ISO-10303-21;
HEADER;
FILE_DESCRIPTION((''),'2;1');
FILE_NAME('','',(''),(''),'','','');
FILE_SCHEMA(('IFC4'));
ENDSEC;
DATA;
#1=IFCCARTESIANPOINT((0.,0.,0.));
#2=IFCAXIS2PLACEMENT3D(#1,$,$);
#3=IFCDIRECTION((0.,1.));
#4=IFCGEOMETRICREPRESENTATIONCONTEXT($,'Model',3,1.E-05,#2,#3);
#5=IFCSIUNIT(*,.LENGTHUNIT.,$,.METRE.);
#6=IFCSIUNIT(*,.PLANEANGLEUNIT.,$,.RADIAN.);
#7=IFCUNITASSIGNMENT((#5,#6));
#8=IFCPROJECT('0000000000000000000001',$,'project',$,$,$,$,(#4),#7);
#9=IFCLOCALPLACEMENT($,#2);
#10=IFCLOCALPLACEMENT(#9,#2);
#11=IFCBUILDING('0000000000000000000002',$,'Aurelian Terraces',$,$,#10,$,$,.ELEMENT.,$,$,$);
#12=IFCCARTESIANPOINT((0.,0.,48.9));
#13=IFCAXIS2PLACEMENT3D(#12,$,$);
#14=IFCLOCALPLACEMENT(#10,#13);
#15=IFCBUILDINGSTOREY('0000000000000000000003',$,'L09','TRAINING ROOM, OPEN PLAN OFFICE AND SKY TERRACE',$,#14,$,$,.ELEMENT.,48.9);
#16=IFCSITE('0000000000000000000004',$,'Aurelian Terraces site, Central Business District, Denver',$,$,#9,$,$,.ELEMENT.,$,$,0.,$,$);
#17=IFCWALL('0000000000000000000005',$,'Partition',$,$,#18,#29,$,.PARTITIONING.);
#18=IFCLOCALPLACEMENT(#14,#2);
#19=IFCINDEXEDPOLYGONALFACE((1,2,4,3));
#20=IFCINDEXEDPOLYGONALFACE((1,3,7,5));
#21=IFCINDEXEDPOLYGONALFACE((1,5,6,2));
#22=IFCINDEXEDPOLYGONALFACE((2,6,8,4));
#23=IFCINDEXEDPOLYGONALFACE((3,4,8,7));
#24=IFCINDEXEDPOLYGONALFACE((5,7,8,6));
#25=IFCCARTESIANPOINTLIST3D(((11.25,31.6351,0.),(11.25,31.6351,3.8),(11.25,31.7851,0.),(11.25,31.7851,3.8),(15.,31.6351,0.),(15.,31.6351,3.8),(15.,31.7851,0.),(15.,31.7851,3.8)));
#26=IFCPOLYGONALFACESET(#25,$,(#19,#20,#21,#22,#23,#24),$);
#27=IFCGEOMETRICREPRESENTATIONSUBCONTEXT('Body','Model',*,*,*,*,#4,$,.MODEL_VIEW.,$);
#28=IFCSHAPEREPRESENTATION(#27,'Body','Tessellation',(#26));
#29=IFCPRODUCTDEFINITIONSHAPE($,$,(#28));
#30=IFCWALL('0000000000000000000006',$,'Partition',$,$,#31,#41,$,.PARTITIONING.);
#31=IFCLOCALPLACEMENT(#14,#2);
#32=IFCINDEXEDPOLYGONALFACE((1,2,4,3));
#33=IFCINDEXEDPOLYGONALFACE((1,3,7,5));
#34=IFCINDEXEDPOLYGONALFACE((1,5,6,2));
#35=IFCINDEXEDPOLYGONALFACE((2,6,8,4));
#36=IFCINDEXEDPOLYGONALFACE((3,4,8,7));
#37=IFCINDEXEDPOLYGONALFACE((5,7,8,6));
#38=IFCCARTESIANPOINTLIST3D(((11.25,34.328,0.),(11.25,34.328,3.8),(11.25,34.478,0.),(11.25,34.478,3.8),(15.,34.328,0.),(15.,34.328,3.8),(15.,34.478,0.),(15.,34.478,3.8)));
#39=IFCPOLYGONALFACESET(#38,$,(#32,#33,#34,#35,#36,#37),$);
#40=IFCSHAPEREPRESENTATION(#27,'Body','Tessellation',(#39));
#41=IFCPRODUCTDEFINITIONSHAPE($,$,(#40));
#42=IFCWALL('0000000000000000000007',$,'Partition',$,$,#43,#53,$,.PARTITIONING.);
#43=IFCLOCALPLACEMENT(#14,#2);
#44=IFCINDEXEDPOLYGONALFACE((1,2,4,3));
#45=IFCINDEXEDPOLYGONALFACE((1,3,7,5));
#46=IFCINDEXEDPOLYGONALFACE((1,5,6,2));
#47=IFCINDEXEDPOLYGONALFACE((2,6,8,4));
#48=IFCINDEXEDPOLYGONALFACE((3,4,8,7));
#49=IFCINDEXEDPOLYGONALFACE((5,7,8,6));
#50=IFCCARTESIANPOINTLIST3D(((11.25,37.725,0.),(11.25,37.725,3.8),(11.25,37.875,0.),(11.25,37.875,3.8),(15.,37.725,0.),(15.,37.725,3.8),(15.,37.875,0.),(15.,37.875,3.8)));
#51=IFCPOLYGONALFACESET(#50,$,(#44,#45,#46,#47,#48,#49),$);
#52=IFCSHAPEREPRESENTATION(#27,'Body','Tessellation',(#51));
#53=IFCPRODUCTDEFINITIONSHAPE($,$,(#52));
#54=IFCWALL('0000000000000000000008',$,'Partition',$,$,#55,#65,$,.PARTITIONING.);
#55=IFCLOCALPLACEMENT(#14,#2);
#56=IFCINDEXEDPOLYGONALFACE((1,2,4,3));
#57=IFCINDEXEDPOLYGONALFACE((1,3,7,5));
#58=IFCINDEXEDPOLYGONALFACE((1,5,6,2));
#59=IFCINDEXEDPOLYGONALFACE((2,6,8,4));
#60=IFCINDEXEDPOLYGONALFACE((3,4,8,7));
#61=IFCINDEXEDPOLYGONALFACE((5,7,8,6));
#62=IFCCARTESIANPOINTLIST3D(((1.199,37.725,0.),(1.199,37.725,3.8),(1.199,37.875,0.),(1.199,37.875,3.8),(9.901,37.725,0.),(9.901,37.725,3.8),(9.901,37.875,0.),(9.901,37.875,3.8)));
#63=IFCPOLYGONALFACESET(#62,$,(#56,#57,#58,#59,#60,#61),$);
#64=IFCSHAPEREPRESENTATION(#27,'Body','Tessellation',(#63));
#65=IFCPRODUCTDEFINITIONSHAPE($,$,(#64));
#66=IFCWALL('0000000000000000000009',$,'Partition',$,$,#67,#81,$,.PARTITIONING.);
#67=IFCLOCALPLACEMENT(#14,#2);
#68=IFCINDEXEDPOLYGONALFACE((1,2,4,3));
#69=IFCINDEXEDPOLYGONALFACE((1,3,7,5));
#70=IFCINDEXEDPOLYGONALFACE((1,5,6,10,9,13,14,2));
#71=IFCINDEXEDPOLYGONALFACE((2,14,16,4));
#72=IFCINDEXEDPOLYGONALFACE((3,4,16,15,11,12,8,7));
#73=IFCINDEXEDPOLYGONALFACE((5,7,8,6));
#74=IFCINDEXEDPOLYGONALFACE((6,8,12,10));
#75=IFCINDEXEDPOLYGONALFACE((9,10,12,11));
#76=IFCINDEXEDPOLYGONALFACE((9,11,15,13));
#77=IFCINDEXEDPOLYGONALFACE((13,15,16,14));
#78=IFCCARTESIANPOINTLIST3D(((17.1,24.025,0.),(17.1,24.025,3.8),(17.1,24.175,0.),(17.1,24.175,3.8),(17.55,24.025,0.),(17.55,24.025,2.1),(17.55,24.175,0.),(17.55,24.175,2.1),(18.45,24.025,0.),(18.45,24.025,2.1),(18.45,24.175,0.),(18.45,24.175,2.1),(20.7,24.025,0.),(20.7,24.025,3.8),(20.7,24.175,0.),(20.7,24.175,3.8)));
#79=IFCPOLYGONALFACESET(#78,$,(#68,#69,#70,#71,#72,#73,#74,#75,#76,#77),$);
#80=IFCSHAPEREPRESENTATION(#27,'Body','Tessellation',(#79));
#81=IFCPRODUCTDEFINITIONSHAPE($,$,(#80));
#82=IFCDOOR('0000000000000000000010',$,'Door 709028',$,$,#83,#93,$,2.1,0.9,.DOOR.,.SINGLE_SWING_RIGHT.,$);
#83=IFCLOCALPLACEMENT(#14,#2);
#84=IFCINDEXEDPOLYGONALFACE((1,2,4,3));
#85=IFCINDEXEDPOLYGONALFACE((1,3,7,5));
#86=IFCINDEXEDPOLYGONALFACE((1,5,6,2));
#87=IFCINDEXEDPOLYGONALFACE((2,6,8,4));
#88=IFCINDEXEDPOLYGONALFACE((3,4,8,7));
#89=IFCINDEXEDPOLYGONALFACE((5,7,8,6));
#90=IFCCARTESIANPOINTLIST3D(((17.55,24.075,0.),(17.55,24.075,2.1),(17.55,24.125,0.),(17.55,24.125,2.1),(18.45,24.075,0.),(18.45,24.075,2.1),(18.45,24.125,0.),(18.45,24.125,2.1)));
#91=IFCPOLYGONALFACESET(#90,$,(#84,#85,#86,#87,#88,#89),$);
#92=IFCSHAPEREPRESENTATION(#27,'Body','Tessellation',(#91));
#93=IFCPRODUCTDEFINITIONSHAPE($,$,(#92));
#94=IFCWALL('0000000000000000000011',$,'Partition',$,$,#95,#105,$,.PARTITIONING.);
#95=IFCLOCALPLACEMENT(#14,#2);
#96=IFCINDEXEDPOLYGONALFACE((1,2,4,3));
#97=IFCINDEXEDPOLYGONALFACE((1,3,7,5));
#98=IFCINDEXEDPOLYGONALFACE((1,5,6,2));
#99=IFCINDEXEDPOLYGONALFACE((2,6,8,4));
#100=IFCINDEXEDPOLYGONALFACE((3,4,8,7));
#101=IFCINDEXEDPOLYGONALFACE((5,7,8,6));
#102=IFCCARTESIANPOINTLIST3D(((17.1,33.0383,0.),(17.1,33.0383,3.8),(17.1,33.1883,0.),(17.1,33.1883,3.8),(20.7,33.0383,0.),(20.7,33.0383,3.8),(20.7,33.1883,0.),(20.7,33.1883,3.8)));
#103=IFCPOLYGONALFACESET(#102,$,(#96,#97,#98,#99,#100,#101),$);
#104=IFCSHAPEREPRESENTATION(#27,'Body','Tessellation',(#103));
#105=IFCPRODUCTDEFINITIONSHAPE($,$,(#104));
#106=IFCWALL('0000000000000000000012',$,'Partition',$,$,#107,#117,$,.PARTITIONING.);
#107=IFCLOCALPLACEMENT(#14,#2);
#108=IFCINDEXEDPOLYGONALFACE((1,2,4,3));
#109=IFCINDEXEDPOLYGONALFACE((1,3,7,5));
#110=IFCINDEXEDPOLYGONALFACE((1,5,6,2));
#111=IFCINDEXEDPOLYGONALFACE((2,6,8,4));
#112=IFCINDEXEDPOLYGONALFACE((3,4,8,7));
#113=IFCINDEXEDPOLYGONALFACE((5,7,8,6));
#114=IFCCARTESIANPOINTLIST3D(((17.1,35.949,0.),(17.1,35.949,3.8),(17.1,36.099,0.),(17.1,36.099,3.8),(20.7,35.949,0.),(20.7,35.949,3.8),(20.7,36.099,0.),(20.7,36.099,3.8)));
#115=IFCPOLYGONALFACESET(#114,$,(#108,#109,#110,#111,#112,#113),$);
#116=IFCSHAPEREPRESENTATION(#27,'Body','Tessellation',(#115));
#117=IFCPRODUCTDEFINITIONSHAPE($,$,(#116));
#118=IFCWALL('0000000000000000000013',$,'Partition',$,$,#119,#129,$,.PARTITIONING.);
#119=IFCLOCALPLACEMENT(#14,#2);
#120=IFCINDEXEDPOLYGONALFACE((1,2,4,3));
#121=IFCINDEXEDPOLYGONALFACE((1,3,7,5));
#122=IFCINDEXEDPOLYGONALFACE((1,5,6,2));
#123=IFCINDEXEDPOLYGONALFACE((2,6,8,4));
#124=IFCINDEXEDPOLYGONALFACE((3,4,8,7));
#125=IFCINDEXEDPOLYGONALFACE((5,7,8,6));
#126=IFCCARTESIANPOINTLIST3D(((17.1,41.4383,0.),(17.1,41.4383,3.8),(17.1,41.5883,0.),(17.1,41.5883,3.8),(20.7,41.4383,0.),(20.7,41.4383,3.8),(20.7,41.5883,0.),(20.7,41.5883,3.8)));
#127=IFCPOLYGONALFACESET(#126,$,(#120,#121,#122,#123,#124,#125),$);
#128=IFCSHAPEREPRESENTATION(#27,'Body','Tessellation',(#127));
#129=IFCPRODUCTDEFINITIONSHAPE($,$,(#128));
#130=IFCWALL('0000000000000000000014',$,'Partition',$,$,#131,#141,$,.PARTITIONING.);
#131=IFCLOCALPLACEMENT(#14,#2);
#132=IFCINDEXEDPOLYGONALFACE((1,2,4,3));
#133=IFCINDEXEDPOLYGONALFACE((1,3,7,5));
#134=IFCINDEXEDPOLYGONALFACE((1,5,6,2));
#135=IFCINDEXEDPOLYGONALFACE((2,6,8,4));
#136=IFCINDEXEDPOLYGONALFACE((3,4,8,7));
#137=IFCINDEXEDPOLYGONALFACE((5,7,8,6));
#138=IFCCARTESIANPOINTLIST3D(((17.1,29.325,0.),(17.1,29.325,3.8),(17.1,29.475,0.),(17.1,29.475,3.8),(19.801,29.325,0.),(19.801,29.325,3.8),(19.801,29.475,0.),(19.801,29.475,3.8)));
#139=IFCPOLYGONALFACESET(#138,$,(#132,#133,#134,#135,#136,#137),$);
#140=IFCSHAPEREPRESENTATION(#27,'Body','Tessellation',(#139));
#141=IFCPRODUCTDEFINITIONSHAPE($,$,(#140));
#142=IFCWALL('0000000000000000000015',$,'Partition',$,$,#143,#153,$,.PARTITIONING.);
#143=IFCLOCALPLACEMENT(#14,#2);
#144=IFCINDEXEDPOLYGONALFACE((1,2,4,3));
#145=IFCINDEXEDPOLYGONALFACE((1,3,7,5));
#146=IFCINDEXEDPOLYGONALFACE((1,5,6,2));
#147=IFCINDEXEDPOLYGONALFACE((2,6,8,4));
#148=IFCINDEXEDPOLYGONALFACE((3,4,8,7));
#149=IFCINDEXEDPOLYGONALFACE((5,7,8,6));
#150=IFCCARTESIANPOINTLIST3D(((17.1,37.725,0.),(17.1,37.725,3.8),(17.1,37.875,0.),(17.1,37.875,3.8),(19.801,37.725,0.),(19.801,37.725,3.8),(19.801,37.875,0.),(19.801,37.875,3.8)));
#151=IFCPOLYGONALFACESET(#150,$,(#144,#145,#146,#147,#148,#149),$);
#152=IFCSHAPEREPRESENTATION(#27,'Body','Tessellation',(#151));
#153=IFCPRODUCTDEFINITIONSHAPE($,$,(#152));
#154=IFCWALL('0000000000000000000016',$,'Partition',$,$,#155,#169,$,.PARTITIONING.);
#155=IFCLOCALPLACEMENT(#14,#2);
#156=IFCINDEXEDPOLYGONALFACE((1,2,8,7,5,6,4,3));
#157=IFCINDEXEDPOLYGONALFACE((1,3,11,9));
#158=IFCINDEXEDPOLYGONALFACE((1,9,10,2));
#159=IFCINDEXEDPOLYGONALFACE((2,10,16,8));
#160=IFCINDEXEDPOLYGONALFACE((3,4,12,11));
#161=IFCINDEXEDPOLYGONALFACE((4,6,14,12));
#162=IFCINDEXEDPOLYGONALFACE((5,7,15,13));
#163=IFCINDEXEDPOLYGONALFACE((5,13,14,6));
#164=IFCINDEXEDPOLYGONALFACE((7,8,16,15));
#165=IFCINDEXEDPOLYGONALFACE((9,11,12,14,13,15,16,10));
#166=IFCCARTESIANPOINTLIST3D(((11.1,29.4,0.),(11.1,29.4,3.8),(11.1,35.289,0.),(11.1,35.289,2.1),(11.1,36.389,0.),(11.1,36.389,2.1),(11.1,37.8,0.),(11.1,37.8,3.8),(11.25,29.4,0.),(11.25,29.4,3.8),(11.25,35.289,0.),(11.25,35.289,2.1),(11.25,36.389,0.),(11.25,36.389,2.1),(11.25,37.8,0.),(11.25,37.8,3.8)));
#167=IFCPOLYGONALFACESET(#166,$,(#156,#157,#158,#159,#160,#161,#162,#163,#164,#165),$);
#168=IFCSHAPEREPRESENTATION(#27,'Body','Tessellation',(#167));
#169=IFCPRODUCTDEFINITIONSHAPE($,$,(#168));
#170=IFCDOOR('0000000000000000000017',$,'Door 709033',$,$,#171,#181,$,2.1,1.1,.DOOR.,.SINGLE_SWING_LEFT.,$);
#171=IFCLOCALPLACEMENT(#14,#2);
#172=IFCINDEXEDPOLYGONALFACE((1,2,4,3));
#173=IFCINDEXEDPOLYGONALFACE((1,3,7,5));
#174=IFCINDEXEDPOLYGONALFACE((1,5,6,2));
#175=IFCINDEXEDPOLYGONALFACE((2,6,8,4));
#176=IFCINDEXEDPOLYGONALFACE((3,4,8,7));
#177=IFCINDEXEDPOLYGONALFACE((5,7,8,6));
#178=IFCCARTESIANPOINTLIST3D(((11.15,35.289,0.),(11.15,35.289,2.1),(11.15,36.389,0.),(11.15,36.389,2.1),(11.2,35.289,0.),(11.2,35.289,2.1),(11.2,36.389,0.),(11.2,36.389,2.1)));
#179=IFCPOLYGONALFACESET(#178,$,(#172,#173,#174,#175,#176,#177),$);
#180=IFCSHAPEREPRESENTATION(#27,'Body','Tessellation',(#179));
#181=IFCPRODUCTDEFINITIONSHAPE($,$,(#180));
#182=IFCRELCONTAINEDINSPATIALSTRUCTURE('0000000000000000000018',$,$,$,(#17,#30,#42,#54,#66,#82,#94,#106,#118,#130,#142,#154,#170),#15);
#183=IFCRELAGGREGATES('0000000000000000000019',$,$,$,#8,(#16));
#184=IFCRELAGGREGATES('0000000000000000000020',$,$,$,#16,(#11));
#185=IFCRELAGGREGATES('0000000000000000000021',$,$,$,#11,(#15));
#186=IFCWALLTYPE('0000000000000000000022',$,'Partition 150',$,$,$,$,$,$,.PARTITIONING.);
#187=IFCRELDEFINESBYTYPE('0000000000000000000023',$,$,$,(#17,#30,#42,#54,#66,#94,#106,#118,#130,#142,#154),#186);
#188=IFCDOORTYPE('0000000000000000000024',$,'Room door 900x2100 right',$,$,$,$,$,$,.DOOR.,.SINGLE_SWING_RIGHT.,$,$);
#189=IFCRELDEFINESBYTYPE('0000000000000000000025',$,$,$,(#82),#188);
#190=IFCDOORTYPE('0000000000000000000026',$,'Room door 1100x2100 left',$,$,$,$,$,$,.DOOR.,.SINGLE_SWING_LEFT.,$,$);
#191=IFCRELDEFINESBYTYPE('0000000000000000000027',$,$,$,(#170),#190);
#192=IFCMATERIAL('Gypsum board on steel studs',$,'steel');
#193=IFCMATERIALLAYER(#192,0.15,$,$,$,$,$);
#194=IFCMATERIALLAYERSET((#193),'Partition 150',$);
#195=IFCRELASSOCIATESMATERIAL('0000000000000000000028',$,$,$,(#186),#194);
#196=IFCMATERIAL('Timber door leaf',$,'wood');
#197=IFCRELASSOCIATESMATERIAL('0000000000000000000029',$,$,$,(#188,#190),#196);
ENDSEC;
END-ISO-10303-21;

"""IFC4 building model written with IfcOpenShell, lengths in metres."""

from ifc_helpers import new_model, si_unit, direction, frame, frame_2d, origin, place, context, subcontext, project, spatial, rectangle, extrude, source, transform, mapped, material, layer, layer_set, type_object, element, fill, save


model = new_model("IFC4")

# Units and contexts
model_context = context("Model", 3, precision=1e-05, world=origin(), true_north=direction((0.0, 1.0)))
body_context = subcontext(model_context, "Body", "Model", "MODEL_VIEW")
ifc_project = project(units=[si_unit("LENGTHUNIT", "METRE"), si_unit("PLANEANGLEUNIT", "RADIAN")], contexts=[model_context])

# Site, building, storey
site_placement = place(None, origin())
site = spatial("IfcSite", under=ifc_project, at=site_placement, Name="Aurelian Terraces site, Central Business District, Denver", CompositionType="ELEMENT", RefElevation=0.0)
building_placement = place(site_placement, origin())
building = spatial("IfcBuilding", under=site, at=building_placement, Name="Aurelian Terraces", CompositionType="ELEMENT")
storey_placement = place(building_placement, frame((0.0, 0.0, 48.9)))
storey = spatial("IfcBuildingStorey", under=building, at=storey_placement, Name="L09", Description="TRAINING ROOM, OPEN PLAN OFFICE AND SKY TERRACE", CompositionType="ELEMENT", Elevation=48.9)

# Shared definitions
ifc_material_1 = material(Name="Gypsum board on steel studs", Category="steel")
shared_shape_1 = source(origin(), body_context, "Body", "SweptSolid", [
    extrude(rectangle(XDim=0.9, YDim=2.1, at=frame_2d((0.45, 1.05))), frame((0.0, 0.025, 0.0), z_axis=(0.0, -1.0, 0.0), x_axis=(1.0, 0.0, 0.0)), (0.0, 0.0, 1.0), 0.05),
])

# Shared definitions
ifc_layer_1 = layer(ifc_material_1, 0.15)
ifc_layer_set_1 = layer_set([ifc_layer_1], Name="Partition 150")
wall_type_1 = type_object("IfcWallType", Name="Partition 150", PredefinedType="PARTITIONING", material=ifc_layer_set_1)

# Shared definitions
shared_shape_2 = source(origin(), body_context, "Body", "SweptSolid", [
    extrude(rectangle(XDim=0.9, YDim=2.1, at=frame_2d((0.45, 1.05))), frame((0.0, 0.085, 0.0), z_axis=(0.0, -1.0, 0.0), x_axis=(1.0, 0.0, 0.0)), (0.0, 0.0, 1.0), 0.17),
])
ifc_material_2 = material(Name="Timber door leaf", Category="wood")

# Walls
shared_shape_3 = source(origin(), body_context, "Body", "SweptSolid", [
    extrude(rectangle(XDim=3.75, YDim=0.15, at=frame_2d((1.875, 0.0))), origin(), (0.0, 0.0, 1.0), 3.8),
])
for number, where, z_axis, x_axis, name in (
    (1, (15.0, 31.7101, 0.0), (0.0, 0.0, 1.0), (-1.0, 0.0, 0.0), "Partition"),
    (2, (15.0, 34.403, 0.0), (0.0, 0.0, 1.0), (-1.0, 0.0, 0.0), "Partition"),
    (3, (15.0, 37.8, 0.0), (0.0, 0.0, 1.0), (-1.0, 0.0, 0.0), "Partition"),
):
    element("IfcWall", number, at=place(storey_placement, frame(where, z_axis=z_axis, x_axis=x_axis)), inside=storey, type_object=wall_type_1, Name=name, PredefinedType="PARTITIONING", context=body_context, shape_type="MappedRepresentation", body=[
        mapped(shared_shape_3, transform((0.0, 0.0, 0.0), scale=1.0)),
    ])
shared_shape_4 = source(origin(), body_context, "Body", "SweptSolid", [
    extrude(rectangle(XDim=8.702, YDim=0.15, at=frame_2d((4.351, 0.0))), origin(), (0.0, 0.0, 1.0), 3.8),
])
wall_1_placement = place(storey_placement, frame((9.901, 37.8, 0.0), z_axis=(0.0, 0.0, 1.0), x_axis=(-1.0, 0.0, 0.0)))
element("IfcWall", 4, at=wall_1_placement, inside=storey, type_object=wall_type_1, Name="Partition", PredefinedType="PARTITIONING", context=body_context, shape_type="MappedRepresentation", body=[
    mapped(shared_shape_4, transform((0.0, 0.0, 0.0), scale=1.0)),
])

# Wall, opening, door
shared_shape_5 = source(origin(), body_context, "Body", "SweptSolid", [
    extrude(rectangle(XDim=3.6, YDim=0.15, at=frame_2d((1.8, 0.0))), origin(), (0.0, 0.0, 1.0), 3.8),
])
wall_2_placement = place(storey_placement, frame((17.1, 24.1, 0.0), z_axis=(0.0, 0.0, 1.0), x_axis=(1.0, 0.0, 0.0)))
wall_2 = element("IfcWall", 5, at=wall_2_placement, inside=storey, type_object=wall_type_1, Name="Partition", PredefinedType="PARTITIONING", context=body_context, shape_type="MappedRepresentation", body=[
    mapped(shared_shape_5, transform((0.0, 0.0, 0.0), scale=1.0)),
])
opening_1_placement = place(wall_2_placement, frame((0.45, 0.0, 0.0)))
opening_1 = element("IfcOpeningElement", 6, at=opening_1_placement, cuts=wall_2, PredefinedType="OPENING", context=body_context, shape_type="MappedRepresentation", body=[
    mapped(shared_shape_2, transform((0.0, 0.0, 0.0), scale=1.0)),
])
door_type_1 = type_object("IfcDoorType", Name="Room door 900x2100 right", OperationType="SINGLE_SWING_RIGHT", PredefinedType="DOOR", material=ifc_material_2)
door_1_placement = place(opening_1_placement, origin())
door_1 = element("IfcDoor", 7, at=door_1_placement, inside=storey, type_object=door_type_1, Name="Door 709028", OperationType="SINGLE_SWING_RIGHT", OverallHeight=2.1, OverallWidth=0.9, PredefinedType="DOOR", context=body_context, shape_type="MappedRepresentation", body=[
    mapped(shared_shape_1, transform((0.0, 0.0, 0.0), scale=1.0)),
])
fill(opening_1, door_1)

# Walls
for number, where, z_axis, x_axis, name in (
    (8, (17.1, 33.1133, 0.0), (0.0, 0.0, 1.0), (1.0, 0.0, 0.0), "Partition"),
    (9, (17.1, 36.024, 0.0), (0.0, 0.0, 1.0), (1.0, 0.0, 0.0), "Partition"),
    (10, (17.1, 41.5133, 0.0), (0.0, 0.0, 1.0), (1.0, 0.0, 0.0), "Partition"),
):
    element("IfcWall", number, at=place(storey_placement, frame(where, z_axis=z_axis, x_axis=x_axis)), inside=storey, type_object=wall_type_1, Name=name, PredefinedType="PARTITIONING", context=body_context, shape_type="MappedRepresentation", body=[
        mapped(shared_shape_5, transform((0.0, 0.0, 0.0), scale=1.0)),
    ])
shared_shape_6 = source(origin(), body_context, "Body", "SweptSolid", [
    extrude(rectangle(XDim=2.701, YDim=0.15, at=frame_2d((1.3505, 0.0))), origin(), (0.0, 0.0, 1.0), 3.8),
])
for number, where, z_axis, x_axis, name in (
    (11, (19.801, 29.4, 0.0), (0.0, 0.0, 1.0), (-1.0, 0.0, 0.0), "Partition"),
    (12, (19.801, 37.8, 0.0), (0.0, 0.0, 1.0), (-1.0, 0.0, 0.0), "Partition"),
):
    element("IfcWall", number, at=place(storey_placement, frame(where, z_axis=z_axis, x_axis=x_axis)), inside=storey, type_object=wall_type_1, Name=name, PredefinedType="PARTITIONING", context=body_context, shape_type="MappedRepresentation", body=[
        mapped(shared_shape_6, transform((0.0, 0.0, 0.0), scale=1.0)),
    ])

# Wall, opening, door
shared_shape_7 = source(origin(), body_context, "Body", "SweptSolid", [
    extrude(rectangle(XDim=8.4, YDim=0.15, at=frame_2d((4.2, 0.0))), origin(), (0.0, 0.0, 1.0), 3.8),
])
wall_3_placement = place(storey_placement, frame((11.175, 29.4, 0.0), z_axis=(0.0, 0.0, 1.0), x_axis=(0.0, 1.0, 0.0)))
wall_3 = element("IfcWall", 13, at=wall_3_placement, inside=storey, type_object=wall_type_1, Name="Partition", PredefinedType="PARTITIONING", context=body_context, shape_type="MappedRepresentation", body=[
    mapped(shared_shape_7, transform((0.0, 0.0, 0.0), scale=1.0)),
])
shared_shape_8 = source(origin(), body_context, "Body", "SweptSolid", [
    extrude(rectangle(XDim=1.1, YDim=2.1, at=frame_2d((0.55, 1.05))), frame((0.0, 0.085, 0.0), z_axis=(0.0, -1.0, 0.0), x_axis=(1.0, 0.0, 0.0)), (0.0, 0.0, 1.0), 0.17),
])
opening_2_placement = place(wall_3_placement, frame((5.889, 0.0, 0.0)))
opening_2 = element("IfcOpeningElement", 14, at=opening_2_placement, cuts=wall_3, PredefinedType="OPENING", context=body_context, shape_type="MappedRepresentation", body=[
    mapped(shared_shape_8, transform((0.0, 0.0, 0.0), scale=1.0)),
])
door_type_2 = type_object("IfcDoorType", Name="Room door 1100x2100 left", OperationType="SINGLE_SWING_LEFT", PredefinedType="DOOR", material=ifc_material_2)
shared_shape_9 = source(origin(), body_context, "Body", "SweptSolid", [
    extrude(rectangle(XDim=1.1, YDim=2.1, at=frame_2d((0.55, 1.05))), frame((0.0, 0.025, 0.0), z_axis=(0.0, -1.0, 0.0), x_axis=(1.0, 0.0, 0.0)), (0.0, 0.0, 1.0), 0.05),
])
door_2_placement = place(opening_2_placement, origin())
door_2 = element("IfcDoor", 15, at=door_2_placement, inside=storey, type_object=door_type_2, Name="Door 709033", OperationType="SINGLE_SWING_LEFT", OverallHeight=2.1, OverallWidth=1.1, PredefinedType="DOOR", context=body_context, shape_type="MappedRepresentation", body=[
    mapped(shared_shape_9, transform((0.0, 0.0, 0.0), scale=1.0)),
])
fill(opening_2, door_2)

save(model, "model.ifc")
